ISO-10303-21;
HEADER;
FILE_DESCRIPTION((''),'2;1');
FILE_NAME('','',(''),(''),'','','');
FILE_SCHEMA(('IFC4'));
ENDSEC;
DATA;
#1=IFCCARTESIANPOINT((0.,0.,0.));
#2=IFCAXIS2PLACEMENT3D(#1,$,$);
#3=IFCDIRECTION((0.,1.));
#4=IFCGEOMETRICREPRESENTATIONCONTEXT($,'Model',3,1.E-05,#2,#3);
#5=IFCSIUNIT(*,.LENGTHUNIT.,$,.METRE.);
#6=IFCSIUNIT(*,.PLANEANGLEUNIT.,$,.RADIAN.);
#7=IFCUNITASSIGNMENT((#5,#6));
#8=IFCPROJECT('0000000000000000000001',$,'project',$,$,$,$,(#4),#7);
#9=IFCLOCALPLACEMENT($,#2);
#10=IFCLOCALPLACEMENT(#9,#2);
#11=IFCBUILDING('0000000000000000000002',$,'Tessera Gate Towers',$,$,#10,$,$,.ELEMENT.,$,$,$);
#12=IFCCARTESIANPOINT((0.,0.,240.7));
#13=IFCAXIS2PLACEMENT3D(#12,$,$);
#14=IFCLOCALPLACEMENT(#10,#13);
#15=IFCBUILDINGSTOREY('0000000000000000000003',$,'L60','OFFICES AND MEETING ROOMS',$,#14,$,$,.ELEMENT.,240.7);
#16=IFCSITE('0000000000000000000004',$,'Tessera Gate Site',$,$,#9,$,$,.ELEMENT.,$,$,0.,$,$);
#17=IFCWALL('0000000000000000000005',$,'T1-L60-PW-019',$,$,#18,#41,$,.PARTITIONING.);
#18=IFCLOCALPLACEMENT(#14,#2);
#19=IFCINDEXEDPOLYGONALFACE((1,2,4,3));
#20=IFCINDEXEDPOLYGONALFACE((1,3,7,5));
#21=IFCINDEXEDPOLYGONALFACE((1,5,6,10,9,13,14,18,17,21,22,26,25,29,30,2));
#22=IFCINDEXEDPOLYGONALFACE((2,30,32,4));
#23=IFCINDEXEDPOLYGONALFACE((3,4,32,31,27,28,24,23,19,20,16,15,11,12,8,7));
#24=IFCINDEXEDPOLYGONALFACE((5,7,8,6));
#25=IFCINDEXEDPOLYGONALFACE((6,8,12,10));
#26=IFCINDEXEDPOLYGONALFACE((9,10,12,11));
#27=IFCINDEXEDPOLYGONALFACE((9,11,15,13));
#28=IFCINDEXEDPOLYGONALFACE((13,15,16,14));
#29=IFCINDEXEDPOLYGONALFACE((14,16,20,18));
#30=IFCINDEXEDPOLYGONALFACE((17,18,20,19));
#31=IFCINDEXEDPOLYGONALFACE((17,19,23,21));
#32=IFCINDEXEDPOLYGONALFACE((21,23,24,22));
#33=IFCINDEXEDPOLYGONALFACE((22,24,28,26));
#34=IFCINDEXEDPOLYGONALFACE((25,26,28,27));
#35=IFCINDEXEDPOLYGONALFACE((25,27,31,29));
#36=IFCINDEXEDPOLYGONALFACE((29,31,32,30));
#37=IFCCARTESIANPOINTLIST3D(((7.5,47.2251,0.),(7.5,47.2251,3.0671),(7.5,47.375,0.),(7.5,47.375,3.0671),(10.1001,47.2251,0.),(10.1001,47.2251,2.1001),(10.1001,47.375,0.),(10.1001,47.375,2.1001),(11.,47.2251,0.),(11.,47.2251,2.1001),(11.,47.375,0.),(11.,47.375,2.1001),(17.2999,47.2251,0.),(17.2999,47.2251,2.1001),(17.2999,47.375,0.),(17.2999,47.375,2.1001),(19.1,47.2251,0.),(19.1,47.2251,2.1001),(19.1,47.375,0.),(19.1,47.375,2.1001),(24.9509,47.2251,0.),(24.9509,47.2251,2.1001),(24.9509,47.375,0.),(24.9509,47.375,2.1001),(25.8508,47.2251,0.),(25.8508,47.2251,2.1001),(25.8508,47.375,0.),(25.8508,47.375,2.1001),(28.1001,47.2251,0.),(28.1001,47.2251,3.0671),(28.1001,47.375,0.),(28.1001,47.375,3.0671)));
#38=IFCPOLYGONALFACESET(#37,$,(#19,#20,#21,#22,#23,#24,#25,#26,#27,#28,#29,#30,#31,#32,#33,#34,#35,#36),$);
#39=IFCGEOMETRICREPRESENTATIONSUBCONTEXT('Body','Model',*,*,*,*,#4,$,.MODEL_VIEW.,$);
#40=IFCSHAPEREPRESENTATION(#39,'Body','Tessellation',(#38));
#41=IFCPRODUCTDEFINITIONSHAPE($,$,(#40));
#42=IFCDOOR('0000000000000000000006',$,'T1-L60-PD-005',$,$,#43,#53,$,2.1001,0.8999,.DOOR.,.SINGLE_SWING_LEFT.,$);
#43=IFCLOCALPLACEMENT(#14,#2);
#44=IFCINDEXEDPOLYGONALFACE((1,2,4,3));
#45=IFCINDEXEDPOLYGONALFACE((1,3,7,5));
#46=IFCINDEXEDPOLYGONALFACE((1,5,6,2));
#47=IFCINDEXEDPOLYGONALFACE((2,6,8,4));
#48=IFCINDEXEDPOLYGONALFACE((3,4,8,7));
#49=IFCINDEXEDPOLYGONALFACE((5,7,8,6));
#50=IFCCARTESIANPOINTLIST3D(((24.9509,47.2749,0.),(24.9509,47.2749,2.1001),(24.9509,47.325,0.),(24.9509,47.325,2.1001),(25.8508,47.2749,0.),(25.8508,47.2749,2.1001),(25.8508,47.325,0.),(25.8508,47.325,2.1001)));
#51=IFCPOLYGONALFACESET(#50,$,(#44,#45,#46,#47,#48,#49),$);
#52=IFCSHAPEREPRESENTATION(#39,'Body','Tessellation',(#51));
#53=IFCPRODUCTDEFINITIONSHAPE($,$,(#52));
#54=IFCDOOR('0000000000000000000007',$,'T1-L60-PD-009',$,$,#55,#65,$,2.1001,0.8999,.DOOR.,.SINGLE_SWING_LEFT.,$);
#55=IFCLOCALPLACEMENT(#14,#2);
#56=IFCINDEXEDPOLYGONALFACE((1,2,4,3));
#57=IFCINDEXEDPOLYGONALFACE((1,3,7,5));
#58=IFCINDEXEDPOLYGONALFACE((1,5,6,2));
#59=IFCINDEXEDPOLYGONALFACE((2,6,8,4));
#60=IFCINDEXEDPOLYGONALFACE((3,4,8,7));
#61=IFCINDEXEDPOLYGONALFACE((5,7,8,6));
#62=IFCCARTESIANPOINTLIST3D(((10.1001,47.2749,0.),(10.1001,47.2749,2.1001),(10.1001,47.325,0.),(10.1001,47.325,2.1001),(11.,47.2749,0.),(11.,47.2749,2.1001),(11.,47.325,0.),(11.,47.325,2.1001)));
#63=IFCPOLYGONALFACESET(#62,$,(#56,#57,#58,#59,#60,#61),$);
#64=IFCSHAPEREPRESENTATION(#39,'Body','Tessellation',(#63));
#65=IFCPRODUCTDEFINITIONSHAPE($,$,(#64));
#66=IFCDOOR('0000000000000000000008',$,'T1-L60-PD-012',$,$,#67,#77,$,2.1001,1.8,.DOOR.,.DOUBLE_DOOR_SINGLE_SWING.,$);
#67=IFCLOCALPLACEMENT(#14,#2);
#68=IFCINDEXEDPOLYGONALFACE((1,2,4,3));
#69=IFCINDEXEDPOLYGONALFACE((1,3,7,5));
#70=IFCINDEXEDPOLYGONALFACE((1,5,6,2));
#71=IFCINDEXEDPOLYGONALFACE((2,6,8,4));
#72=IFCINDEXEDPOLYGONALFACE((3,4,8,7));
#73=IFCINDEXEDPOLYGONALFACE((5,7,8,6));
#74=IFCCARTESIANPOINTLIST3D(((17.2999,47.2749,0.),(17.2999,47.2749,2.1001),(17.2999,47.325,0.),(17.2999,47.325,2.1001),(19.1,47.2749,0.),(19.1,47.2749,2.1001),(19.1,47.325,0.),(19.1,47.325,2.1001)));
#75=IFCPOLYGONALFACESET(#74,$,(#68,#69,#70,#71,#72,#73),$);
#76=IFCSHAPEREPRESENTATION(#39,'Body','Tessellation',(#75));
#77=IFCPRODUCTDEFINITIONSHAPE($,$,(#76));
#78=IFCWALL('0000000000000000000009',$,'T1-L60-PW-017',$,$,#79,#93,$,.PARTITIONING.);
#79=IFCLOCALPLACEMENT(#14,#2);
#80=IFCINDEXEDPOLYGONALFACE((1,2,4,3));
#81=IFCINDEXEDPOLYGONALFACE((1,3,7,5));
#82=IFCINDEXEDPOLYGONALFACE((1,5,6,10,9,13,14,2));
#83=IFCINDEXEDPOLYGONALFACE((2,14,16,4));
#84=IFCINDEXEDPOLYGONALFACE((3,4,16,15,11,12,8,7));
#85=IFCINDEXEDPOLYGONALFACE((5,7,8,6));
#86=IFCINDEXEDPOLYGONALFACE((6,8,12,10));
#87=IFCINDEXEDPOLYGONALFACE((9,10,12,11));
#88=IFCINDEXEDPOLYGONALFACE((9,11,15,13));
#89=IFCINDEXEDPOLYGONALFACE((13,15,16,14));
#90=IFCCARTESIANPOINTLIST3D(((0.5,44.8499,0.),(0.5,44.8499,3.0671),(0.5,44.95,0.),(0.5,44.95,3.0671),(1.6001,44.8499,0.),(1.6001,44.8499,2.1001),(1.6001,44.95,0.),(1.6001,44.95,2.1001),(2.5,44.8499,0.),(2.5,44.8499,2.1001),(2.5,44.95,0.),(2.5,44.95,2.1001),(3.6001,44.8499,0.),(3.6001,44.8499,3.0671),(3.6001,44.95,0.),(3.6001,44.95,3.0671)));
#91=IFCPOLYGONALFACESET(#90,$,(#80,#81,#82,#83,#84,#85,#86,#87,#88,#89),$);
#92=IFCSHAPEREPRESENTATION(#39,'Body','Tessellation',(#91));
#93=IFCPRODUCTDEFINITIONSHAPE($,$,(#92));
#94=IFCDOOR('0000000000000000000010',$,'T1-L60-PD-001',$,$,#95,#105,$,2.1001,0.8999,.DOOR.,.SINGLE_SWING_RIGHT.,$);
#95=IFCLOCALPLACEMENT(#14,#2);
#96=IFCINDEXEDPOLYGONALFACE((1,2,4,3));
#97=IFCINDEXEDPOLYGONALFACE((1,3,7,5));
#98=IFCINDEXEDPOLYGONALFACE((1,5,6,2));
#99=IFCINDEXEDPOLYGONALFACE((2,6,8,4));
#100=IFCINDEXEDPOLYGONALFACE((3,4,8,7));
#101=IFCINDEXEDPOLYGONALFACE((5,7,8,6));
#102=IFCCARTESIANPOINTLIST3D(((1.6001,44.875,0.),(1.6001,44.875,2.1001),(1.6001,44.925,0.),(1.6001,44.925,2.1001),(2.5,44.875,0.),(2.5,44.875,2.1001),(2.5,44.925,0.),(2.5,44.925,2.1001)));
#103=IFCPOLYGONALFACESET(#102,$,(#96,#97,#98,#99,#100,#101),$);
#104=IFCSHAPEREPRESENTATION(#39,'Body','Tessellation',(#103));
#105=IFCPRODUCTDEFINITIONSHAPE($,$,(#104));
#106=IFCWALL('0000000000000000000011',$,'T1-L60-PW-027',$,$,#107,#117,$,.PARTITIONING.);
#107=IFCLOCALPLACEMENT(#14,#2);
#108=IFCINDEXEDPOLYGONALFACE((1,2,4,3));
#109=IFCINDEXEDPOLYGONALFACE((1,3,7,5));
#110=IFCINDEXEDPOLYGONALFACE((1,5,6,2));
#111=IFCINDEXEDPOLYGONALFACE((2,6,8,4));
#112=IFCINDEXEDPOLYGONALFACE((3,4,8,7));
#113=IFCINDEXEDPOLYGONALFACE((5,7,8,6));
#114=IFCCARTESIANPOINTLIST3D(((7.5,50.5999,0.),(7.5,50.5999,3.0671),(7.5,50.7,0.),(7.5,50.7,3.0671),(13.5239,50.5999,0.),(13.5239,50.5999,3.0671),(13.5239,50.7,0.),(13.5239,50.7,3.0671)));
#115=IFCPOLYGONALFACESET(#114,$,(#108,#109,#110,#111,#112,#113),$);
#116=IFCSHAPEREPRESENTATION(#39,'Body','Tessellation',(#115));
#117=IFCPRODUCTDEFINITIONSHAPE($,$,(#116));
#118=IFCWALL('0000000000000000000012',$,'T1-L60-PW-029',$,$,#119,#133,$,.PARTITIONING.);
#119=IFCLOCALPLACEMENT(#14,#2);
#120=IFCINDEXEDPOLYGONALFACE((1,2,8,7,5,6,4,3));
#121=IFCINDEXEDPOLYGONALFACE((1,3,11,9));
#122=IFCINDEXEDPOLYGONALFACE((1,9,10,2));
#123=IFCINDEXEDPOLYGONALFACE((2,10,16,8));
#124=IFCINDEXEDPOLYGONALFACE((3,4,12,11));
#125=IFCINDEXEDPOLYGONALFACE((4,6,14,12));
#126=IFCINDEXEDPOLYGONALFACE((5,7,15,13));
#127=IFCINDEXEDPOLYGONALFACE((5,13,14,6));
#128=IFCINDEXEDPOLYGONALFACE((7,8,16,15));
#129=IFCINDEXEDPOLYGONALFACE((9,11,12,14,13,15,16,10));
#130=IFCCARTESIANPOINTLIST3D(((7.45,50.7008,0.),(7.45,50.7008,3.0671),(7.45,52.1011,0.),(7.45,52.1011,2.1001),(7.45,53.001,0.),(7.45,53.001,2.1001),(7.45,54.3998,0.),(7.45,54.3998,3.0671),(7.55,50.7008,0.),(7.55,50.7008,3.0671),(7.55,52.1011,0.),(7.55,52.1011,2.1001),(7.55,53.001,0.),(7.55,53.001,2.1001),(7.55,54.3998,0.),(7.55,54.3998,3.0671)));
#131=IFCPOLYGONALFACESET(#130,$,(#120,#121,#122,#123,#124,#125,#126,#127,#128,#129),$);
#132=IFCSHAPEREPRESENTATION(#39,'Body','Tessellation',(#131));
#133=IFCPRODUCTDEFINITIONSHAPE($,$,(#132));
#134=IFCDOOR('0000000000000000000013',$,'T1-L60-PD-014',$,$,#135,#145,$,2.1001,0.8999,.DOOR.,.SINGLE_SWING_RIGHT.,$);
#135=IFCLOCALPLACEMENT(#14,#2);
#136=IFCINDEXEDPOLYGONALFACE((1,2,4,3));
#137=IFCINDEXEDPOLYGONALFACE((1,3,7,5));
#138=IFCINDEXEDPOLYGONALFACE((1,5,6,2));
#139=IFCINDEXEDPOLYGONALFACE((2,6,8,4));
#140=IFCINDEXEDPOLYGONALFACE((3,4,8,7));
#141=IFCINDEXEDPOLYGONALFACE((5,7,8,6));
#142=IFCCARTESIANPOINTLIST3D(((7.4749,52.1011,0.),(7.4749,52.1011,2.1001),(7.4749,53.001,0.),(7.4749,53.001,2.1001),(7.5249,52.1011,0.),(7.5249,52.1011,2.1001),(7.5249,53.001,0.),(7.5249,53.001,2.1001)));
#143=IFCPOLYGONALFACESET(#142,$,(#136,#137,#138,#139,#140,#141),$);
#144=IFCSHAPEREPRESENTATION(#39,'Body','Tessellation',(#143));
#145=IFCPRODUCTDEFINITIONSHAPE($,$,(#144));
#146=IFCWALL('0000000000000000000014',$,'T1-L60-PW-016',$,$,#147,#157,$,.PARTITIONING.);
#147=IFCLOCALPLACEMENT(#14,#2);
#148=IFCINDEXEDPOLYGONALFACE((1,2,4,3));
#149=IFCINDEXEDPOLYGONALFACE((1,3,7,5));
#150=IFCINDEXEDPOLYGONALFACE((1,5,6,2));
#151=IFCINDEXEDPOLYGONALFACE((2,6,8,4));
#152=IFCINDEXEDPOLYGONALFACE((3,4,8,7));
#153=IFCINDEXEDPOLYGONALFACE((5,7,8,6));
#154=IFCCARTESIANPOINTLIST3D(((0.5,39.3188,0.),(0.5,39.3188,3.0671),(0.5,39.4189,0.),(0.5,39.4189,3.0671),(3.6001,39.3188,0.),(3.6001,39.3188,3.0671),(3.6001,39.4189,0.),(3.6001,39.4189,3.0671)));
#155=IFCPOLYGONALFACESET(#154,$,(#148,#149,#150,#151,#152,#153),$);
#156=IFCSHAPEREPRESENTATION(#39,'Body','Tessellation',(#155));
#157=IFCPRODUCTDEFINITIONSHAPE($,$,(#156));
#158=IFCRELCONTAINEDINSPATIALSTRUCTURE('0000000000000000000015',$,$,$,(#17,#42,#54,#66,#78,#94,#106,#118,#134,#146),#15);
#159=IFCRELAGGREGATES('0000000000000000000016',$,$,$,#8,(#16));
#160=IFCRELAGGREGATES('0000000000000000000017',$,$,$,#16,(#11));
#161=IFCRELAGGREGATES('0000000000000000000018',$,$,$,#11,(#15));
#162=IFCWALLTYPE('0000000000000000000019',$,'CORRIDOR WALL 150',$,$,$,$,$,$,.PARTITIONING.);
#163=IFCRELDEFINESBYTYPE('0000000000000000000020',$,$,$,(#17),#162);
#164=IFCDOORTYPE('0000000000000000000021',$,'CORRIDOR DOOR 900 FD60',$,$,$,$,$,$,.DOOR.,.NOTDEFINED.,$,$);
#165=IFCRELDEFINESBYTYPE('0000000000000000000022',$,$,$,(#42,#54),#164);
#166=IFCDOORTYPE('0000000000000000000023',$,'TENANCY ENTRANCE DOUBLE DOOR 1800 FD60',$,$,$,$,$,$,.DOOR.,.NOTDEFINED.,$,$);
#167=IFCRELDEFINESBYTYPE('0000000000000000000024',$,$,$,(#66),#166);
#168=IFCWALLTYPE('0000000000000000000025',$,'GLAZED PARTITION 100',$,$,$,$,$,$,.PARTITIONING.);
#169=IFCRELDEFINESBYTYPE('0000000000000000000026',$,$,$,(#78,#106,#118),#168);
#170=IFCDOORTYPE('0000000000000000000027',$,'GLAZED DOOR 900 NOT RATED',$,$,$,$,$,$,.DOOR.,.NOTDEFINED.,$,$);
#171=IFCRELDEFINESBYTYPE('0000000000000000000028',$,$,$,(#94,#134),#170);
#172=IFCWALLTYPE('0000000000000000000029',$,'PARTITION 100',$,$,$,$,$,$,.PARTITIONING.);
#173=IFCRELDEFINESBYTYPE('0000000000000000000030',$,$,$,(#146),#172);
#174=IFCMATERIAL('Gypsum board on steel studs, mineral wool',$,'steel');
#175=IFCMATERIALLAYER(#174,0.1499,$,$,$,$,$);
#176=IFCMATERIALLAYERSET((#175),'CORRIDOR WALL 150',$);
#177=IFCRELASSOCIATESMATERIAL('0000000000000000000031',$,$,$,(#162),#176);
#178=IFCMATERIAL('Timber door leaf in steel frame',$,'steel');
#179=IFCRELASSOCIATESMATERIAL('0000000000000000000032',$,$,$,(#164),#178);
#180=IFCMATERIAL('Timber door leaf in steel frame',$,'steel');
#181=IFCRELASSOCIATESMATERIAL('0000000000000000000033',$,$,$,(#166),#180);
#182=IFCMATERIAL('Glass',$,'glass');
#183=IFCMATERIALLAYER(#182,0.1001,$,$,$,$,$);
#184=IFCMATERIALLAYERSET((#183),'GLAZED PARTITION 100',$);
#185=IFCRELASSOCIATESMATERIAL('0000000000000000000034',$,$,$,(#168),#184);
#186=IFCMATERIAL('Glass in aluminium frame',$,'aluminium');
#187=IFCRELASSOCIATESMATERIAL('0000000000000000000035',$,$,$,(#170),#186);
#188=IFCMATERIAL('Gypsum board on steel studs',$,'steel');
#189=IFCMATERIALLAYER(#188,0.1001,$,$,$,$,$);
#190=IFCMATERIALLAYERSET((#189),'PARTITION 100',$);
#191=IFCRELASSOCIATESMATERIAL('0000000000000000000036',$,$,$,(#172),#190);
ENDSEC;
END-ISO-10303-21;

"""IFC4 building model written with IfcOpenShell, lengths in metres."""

from ifc_helpers import new_model, si_unit, direction, frame, frame_2d, origin, place, context, subcontext, project, spatial, rectangle, extrude, source, transform, mapped, material, layer, layer_set, type_object, element, fill, save


model = new_model("IFC4")

# Units and contexts
model_context = context("Model", 3, precision=1e-05, world=origin(), true_north=direction((0.0, 1.0)))
body_context = subcontext(model_context, "Body", "Model", "MODEL_VIEW")
ifc_project = project(units=[si_unit("LENGTHUNIT", "METRE"), si_unit("PLANEANGLEUNIT", "RADIAN")], contexts=[model_context])

# Site, building, storey
site_placement = place(None, origin())
site = spatial("IfcSite", under=ifc_project, at=site_placement, Name="Tessera Gate Site", CompositionType="ELEMENT", RefElevation=0.0)
building_placement = place(site_placement, origin())
building = spatial("IfcBuilding", under=site, at=building_placement, Name="Tessera Gate Towers", CompositionType="ELEMENT")
storey_placement = place(building_placement, frame((0.0, 0.0, 240.7)))
storey = spatial("IfcBuildingStorey", under=building, at=storey_placement, Name="L60", Description="OFFICES AND MEETING ROOMS", CompositionType="ELEMENT", Elevation=240.7)

# Shared definitions
ifc_material_1 = material(Name="Gypsum board on steel studs, mineral wool", Category="steel")
ifc_layer_1 = layer(ifc_material_1, 0.1499)
ifc_layer_set_1 = layer_set([ifc_layer_1], Name="CORRIDOR WALL 150")
wall_type_1 = type_object("IfcWallType", Name="CORRIDOR WALL 150", PredefinedType="PARTITIONING", material=ifc_layer_set_1)

# Wall, openings, doors
wall_1_placement = place(storey_placement, frame((7.5, 47.3, 0.0), z_axis=(0.0, 0.0, 1.0), x_axis=(1.0, 0.0, 0.0)))
wall_1 = element("IfcWall", 1, at=wall_1_placement, inside=storey, type_object=wall_type_1, Name="T1-L60-PW-019", PredefinedType="PARTITIONING", context=body_context, shape_type="SweptSolid", body=[
    extrude(rectangle(XDim=20.6001, YDim=0.1499, at=frame_2d((10.3, 0.0))), origin(), (0.0, 0.0, 1.0), 3.0671),
])
shared_shape_1 = source(origin(), body_context, "Body", "SweptSolid", [
    extrude(rectangle(XDim=0.8999, YDim=2.1001, at=frame_2d((0.45, 1.05))), frame((0.0, 0.085, 0.0), z_axis=(0.0, -1.0, 0.0), x_axis=(1.0, 0.0, 0.0)), (0.0, 0.0, 1.0), 0.1699),
])
opening_1_placement = place(wall_1_placement, frame((17.4509, 0.0, 0.0)))
opening_1 = element("IfcOpeningElement", 2, at=opening_1_placement, cuts=wall_1, PredefinedType="OPENING", context=body_context, shape_type="MappedRepresentation", body=[
    mapped(shared_shape_1, transform((0.0, 0.0, 0.0), scale=1.0)),
])
opening_2_placement = place(wall_1_placement, frame((2.6001, 0.0, 0.0)))
opening_2 = element("IfcOpeningElement", 3, at=opening_2_placement, cuts=wall_1, PredefinedType="OPENING", context=body_context, shape_type="MappedRepresentation", body=[
    mapped(shared_shape_1, transform((0.0, 0.0, 0.0), scale=1.0)),
])
shared_shape_2 = source(origin(), body_context, "Body", "SweptSolid", [
    extrude(rectangle(XDim=1.8, YDim=2.1001, at=frame_2d((0.8999, 1.05))), frame((0.0, 0.085, 0.0), z_axis=(0.0, -1.0, 0.0), x_axis=(1.0, 0.0, 0.0)), (0.0, 0.0, 1.0), 0.1699),
])
opening_3_placement = place(wall_1_placement, frame((9.8, 0.0, 0.0)))
opening_3 = element("IfcOpeningElement", 4, at=opening_3_placement, cuts=wall_1, PredefinedType="OPENING", context=body_context, shape_type="MappedRepresentation", body=[
    mapped(shared_shape_2, transform((0.0, 0.0, 0.0), scale=1.0)),
])
ifc_material_2 = material(Name="Timber door leaf in steel frame", Category="steel")
door_type_1 = type_object("IfcDoorType", Name="CORRIDOR DOOR 900 FD60", OperationType="NOTDEFINED", PredefinedType="DOOR", material=ifc_material_2)
shared_shape_3 = source(origin(), body_context, "Body", "SweptSolid", [
    extrude(rectangle(XDim=0.8999, YDim=2.1001, at=frame_2d((0.45, 1.05))), frame((0.0, 0.0249, 0.0), z_axis=(0.0, -1.0, 0.0), x_axis=(1.0, 0.0, 0.0)), (0.0, 0.0, 1.0), 0.05),
])
door_1_placement = place(opening_1_placement, origin())
door_1 = element("IfcDoor", 5, at=door_1_placement, inside=storey, type_object=door_type_1, Name="T1-L60-PD-005", OperationType="SINGLE_SWING_LEFT", OverallHeight=2.1001, OverallWidth=0.8999, PredefinedType="DOOR", context=body_context, shape_type="MappedRepresentation", body=[
    mapped(shared_shape_3, transform((0.0, 0.0, 0.0), scale=1.0)),
])
fill(opening_1, door_1)
door_2_placement = place(opening_2_placement, origin())
door_2 = element("IfcDoor", 6, at=door_2_placement, inside=storey, type_object=door_type_1, Name="T1-L60-PD-009", OperationType="SINGLE_SWING_LEFT", OverallHeight=2.1001, OverallWidth=0.8999, PredefinedType="DOOR", context=body_context, shape_type="MappedRepresentation", body=[
    mapped(shared_shape_3, transform((0.0, 0.0, 0.0), scale=1.0)),
])
fill(opening_2, door_2)
ifc_material_3 = material(Name="Timber door leaf in steel frame", Category="steel")
door_type_2 = type_object("IfcDoorType", Name="TENANCY ENTRANCE DOUBLE DOOR 1800 FD60", OperationType="NOTDEFINED", PredefinedType="DOOR", material=ifc_material_3)
shared_shape_4 = source(origin(), body_context, "Body", "SweptSolid", [
    extrude(rectangle(XDim=1.8, YDim=2.1001, at=frame_2d((0.8999, 1.05))), frame((0.0, 0.0249, 0.0), z_axis=(0.0, -1.0, 0.0), x_axis=(1.0, 0.0, 0.0)), (0.0, 0.0, 1.0), 0.05),
])
door_3_placement = place(opening_3_placement, origin())
door_3 = element("IfcDoor", 7, at=door_3_placement, inside=storey, type_object=door_type_2, Name="T1-L60-PD-012", OperationType="DOUBLE_DOOR_SINGLE_SWING", OverallHeight=2.1001, OverallWidth=1.8, PredefinedType="DOOR", context=body_context, shape_type="MappedRepresentation", body=[
    mapped(shared_shape_4, transform((0.0, 0.0, 0.0), scale=1.0)),
])
fill(opening_3, door_3)

# Wall, opening, door
ifc_material_4 = material(Name="Glass", Category="glass")
ifc_layer_2 = layer(ifc_material_4, 0.1001)
ifc_layer_set_2 = layer_set([ifc_layer_2], Name="GLAZED PARTITION 100")
wall_type_2 = type_object("IfcWallType", Name="GLAZED PARTITION 100", PredefinedType="PARTITIONING", material=ifc_layer_set_2)
wall_2_placement = place(storey_placement, frame((3.6001, 44.8999, 0.0), z_axis=(0.0, 0.0, 1.0), x_axis=(-1.0, 0.0, 0.0)))
wall_2 = element("IfcWall", 8, at=wall_2_placement, inside=storey, type_object=wall_type_2, Name="T1-L60-PW-017", PredefinedType="PARTITIONING", context=body_context, shape_type="SweptSolid", body=[
    extrude(rectangle(XDim=3.1001, YDim=0.1001, at=frame_2d((1.55, 0.0))), origin(), (0.0, 0.0, 1.0), 3.0671),
])
shared_shape_5 = source(origin(), body_context, "Body", "SweptSolid", [
    extrude(rectangle(XDim=0.8999, YDim=2.1001, at=frame_2d((0.45, 1.05))), frame((0.0, 0.0601, 0.0), z_axis=(0.0, -1.0, 0.0), x_axis=(1.0, 0.0, 0.0)), (0.0, 0.0, 1.0), 0.1201),
])
opening_4_placement = place(wall_2_placement, frame((1.1001, 0.0, 0.0)))
opening_4 = element("IfcOpeningElement", 9, at=opening_4_placement, cuts=wall_2, PredefinedType="OPENING", context=body_context, shape_type="MappedRepresentation", body=[
    mapped(shared_shape_5, transform((0.0, 0.0, 0.0), scale=1.0)),
])
ifc_material_5 = material(Name="Glass in aluminium frame", Category="aluminium")
door_type_3 = type_object("IfcDoorType", Name="GLAZED DOOR 900 NOT RATED", OperationType="NOTDEFINED", PredefinedType="DOOR", material=ifc_material_5)
door_4_placement = place(opening_4_placement, origin())
door_4 = element("IfcDoor", 10, at=door_4_placement, inside=storey, type_object=door_type_3, Name="T1-L60-PD-001", OperationType="SINGLE_SWING_RIGHT", OverallHeight=2.1001, OverallWidth=0.8999, PredefinedType="DOOR", context=body_context, shape_type="MappedRepresentation", body=[
    mapped(shared_shape_3, transform((0.0, 0.0, 0.0), scale=1.0)),
])
fill(opening_4, door_4)

# Wall
wall_3_placement = place(storey_placement, frame((7.5, 50.6499, 0.0), z_axis=(0.0, 0.0, 1.0), x_axis=(1.0, 0.0, 0.0)))
element("IfcWall", 11, at=wall_3_placement, inside=storey, type_object=wall_type_2, Name="T1-L60-PW-027", PredefinedType="PARTITIONING", context=body_context, shape_type="SweptSolid", body=[
    extrude(rectangle(XDim=6.0239, YDim=0.1001, at=frame_2d((3.012, 0.0))), origin(), (0.0, 0.0, 1.0), 3.0671),
])

# Wall, opening, door
wall_4_placement = place(storey_placement, frame((7.5, 54.3999, 0.0), z_axis=(0.0, 0.0, 1.0), x_axis=(0.0, -1.0, 0.0)))
wall_4 = element("IfcWall", 12, at=wall_4_placement, inside=storey, type_object=wall_type_2, Name="T1-L60-PW-029", PredefinedType="PARTITIONING", context=body_context, shape_type="SweptSolid", body=[
    extrude(rectangle(XDim=3.699, YDim=0.1001, at=frame_2d((1.8496, 0.0))), origin(), (0.0, 0.0, 1.0), 3.0671),
])
opening_5_placement = place(wall_4_placement, frame((1.3989, 0.0, 0.0)))
opening_5 = element("IfcOpeningElement", 13, at=opening_5_placement, cuts=wall_4, PredefinedType="OPENING", context=body_context, shape_type="MappedRepresentation", body=[
    mapped(shared_shape_5, transform((0.0, 0.0, 0.0), scale=1.0)),
])
door_5_placement = place(opening_5_placement, origin())
door_5 = element("IfcDoor", 14, at=door_5_placement, inside=storey, type_object=door_type_3, Name="T1-L60-PD-014", OperationType="SINGLE_SWING_RIGHT", OverallHeight=2.1001, OverallWidth=0.8999, PredefinedType="DOOR", context=body_context, shape_type="MappedRepresentation", body=[
    mapped(shared_shape_3, transform((0.0, 0.0, 0.0), scale=1.0)),
])
fill(opening_5, door_5)

# Wall
ifc_material_6 = material(Name="Gypsum board on steel studs", Category="steel")
ifc_layer_3 = layer(ifc_material_6, 0.1001)
ifc_layer_set_3 = layer_set([ifc_layer_3], Name="PARTITION 100")
wall_type_3 = type_object("IfcWallType", Name="PARTITION 100", PredefinedType="PARTITIONING", material=ifc_layer_set_3)
wall_5_placement = place(storey_placement, frame((0.5, 39.3689, 0.0), z_axis=(0.0, 0.0, 1.0), x_axis=(1.0, 0.0, 0.0)))
element("IfcWall", 15, at=wall_5_placement, inside=storey, type_object=wall_type_3, Name="T1-L60-PW-016", PredefinedType="PARTITIONING", context=body_context, shape_type="SweptSolid", body=[
    extrude(rectangle(XDim=3.1001, YDim=0.1001, at=frame_2d((1.55, 0.0))), origin(), (0.0, 0.0, 1.0), 3.0671),
])

save(model, "model.ifc")
